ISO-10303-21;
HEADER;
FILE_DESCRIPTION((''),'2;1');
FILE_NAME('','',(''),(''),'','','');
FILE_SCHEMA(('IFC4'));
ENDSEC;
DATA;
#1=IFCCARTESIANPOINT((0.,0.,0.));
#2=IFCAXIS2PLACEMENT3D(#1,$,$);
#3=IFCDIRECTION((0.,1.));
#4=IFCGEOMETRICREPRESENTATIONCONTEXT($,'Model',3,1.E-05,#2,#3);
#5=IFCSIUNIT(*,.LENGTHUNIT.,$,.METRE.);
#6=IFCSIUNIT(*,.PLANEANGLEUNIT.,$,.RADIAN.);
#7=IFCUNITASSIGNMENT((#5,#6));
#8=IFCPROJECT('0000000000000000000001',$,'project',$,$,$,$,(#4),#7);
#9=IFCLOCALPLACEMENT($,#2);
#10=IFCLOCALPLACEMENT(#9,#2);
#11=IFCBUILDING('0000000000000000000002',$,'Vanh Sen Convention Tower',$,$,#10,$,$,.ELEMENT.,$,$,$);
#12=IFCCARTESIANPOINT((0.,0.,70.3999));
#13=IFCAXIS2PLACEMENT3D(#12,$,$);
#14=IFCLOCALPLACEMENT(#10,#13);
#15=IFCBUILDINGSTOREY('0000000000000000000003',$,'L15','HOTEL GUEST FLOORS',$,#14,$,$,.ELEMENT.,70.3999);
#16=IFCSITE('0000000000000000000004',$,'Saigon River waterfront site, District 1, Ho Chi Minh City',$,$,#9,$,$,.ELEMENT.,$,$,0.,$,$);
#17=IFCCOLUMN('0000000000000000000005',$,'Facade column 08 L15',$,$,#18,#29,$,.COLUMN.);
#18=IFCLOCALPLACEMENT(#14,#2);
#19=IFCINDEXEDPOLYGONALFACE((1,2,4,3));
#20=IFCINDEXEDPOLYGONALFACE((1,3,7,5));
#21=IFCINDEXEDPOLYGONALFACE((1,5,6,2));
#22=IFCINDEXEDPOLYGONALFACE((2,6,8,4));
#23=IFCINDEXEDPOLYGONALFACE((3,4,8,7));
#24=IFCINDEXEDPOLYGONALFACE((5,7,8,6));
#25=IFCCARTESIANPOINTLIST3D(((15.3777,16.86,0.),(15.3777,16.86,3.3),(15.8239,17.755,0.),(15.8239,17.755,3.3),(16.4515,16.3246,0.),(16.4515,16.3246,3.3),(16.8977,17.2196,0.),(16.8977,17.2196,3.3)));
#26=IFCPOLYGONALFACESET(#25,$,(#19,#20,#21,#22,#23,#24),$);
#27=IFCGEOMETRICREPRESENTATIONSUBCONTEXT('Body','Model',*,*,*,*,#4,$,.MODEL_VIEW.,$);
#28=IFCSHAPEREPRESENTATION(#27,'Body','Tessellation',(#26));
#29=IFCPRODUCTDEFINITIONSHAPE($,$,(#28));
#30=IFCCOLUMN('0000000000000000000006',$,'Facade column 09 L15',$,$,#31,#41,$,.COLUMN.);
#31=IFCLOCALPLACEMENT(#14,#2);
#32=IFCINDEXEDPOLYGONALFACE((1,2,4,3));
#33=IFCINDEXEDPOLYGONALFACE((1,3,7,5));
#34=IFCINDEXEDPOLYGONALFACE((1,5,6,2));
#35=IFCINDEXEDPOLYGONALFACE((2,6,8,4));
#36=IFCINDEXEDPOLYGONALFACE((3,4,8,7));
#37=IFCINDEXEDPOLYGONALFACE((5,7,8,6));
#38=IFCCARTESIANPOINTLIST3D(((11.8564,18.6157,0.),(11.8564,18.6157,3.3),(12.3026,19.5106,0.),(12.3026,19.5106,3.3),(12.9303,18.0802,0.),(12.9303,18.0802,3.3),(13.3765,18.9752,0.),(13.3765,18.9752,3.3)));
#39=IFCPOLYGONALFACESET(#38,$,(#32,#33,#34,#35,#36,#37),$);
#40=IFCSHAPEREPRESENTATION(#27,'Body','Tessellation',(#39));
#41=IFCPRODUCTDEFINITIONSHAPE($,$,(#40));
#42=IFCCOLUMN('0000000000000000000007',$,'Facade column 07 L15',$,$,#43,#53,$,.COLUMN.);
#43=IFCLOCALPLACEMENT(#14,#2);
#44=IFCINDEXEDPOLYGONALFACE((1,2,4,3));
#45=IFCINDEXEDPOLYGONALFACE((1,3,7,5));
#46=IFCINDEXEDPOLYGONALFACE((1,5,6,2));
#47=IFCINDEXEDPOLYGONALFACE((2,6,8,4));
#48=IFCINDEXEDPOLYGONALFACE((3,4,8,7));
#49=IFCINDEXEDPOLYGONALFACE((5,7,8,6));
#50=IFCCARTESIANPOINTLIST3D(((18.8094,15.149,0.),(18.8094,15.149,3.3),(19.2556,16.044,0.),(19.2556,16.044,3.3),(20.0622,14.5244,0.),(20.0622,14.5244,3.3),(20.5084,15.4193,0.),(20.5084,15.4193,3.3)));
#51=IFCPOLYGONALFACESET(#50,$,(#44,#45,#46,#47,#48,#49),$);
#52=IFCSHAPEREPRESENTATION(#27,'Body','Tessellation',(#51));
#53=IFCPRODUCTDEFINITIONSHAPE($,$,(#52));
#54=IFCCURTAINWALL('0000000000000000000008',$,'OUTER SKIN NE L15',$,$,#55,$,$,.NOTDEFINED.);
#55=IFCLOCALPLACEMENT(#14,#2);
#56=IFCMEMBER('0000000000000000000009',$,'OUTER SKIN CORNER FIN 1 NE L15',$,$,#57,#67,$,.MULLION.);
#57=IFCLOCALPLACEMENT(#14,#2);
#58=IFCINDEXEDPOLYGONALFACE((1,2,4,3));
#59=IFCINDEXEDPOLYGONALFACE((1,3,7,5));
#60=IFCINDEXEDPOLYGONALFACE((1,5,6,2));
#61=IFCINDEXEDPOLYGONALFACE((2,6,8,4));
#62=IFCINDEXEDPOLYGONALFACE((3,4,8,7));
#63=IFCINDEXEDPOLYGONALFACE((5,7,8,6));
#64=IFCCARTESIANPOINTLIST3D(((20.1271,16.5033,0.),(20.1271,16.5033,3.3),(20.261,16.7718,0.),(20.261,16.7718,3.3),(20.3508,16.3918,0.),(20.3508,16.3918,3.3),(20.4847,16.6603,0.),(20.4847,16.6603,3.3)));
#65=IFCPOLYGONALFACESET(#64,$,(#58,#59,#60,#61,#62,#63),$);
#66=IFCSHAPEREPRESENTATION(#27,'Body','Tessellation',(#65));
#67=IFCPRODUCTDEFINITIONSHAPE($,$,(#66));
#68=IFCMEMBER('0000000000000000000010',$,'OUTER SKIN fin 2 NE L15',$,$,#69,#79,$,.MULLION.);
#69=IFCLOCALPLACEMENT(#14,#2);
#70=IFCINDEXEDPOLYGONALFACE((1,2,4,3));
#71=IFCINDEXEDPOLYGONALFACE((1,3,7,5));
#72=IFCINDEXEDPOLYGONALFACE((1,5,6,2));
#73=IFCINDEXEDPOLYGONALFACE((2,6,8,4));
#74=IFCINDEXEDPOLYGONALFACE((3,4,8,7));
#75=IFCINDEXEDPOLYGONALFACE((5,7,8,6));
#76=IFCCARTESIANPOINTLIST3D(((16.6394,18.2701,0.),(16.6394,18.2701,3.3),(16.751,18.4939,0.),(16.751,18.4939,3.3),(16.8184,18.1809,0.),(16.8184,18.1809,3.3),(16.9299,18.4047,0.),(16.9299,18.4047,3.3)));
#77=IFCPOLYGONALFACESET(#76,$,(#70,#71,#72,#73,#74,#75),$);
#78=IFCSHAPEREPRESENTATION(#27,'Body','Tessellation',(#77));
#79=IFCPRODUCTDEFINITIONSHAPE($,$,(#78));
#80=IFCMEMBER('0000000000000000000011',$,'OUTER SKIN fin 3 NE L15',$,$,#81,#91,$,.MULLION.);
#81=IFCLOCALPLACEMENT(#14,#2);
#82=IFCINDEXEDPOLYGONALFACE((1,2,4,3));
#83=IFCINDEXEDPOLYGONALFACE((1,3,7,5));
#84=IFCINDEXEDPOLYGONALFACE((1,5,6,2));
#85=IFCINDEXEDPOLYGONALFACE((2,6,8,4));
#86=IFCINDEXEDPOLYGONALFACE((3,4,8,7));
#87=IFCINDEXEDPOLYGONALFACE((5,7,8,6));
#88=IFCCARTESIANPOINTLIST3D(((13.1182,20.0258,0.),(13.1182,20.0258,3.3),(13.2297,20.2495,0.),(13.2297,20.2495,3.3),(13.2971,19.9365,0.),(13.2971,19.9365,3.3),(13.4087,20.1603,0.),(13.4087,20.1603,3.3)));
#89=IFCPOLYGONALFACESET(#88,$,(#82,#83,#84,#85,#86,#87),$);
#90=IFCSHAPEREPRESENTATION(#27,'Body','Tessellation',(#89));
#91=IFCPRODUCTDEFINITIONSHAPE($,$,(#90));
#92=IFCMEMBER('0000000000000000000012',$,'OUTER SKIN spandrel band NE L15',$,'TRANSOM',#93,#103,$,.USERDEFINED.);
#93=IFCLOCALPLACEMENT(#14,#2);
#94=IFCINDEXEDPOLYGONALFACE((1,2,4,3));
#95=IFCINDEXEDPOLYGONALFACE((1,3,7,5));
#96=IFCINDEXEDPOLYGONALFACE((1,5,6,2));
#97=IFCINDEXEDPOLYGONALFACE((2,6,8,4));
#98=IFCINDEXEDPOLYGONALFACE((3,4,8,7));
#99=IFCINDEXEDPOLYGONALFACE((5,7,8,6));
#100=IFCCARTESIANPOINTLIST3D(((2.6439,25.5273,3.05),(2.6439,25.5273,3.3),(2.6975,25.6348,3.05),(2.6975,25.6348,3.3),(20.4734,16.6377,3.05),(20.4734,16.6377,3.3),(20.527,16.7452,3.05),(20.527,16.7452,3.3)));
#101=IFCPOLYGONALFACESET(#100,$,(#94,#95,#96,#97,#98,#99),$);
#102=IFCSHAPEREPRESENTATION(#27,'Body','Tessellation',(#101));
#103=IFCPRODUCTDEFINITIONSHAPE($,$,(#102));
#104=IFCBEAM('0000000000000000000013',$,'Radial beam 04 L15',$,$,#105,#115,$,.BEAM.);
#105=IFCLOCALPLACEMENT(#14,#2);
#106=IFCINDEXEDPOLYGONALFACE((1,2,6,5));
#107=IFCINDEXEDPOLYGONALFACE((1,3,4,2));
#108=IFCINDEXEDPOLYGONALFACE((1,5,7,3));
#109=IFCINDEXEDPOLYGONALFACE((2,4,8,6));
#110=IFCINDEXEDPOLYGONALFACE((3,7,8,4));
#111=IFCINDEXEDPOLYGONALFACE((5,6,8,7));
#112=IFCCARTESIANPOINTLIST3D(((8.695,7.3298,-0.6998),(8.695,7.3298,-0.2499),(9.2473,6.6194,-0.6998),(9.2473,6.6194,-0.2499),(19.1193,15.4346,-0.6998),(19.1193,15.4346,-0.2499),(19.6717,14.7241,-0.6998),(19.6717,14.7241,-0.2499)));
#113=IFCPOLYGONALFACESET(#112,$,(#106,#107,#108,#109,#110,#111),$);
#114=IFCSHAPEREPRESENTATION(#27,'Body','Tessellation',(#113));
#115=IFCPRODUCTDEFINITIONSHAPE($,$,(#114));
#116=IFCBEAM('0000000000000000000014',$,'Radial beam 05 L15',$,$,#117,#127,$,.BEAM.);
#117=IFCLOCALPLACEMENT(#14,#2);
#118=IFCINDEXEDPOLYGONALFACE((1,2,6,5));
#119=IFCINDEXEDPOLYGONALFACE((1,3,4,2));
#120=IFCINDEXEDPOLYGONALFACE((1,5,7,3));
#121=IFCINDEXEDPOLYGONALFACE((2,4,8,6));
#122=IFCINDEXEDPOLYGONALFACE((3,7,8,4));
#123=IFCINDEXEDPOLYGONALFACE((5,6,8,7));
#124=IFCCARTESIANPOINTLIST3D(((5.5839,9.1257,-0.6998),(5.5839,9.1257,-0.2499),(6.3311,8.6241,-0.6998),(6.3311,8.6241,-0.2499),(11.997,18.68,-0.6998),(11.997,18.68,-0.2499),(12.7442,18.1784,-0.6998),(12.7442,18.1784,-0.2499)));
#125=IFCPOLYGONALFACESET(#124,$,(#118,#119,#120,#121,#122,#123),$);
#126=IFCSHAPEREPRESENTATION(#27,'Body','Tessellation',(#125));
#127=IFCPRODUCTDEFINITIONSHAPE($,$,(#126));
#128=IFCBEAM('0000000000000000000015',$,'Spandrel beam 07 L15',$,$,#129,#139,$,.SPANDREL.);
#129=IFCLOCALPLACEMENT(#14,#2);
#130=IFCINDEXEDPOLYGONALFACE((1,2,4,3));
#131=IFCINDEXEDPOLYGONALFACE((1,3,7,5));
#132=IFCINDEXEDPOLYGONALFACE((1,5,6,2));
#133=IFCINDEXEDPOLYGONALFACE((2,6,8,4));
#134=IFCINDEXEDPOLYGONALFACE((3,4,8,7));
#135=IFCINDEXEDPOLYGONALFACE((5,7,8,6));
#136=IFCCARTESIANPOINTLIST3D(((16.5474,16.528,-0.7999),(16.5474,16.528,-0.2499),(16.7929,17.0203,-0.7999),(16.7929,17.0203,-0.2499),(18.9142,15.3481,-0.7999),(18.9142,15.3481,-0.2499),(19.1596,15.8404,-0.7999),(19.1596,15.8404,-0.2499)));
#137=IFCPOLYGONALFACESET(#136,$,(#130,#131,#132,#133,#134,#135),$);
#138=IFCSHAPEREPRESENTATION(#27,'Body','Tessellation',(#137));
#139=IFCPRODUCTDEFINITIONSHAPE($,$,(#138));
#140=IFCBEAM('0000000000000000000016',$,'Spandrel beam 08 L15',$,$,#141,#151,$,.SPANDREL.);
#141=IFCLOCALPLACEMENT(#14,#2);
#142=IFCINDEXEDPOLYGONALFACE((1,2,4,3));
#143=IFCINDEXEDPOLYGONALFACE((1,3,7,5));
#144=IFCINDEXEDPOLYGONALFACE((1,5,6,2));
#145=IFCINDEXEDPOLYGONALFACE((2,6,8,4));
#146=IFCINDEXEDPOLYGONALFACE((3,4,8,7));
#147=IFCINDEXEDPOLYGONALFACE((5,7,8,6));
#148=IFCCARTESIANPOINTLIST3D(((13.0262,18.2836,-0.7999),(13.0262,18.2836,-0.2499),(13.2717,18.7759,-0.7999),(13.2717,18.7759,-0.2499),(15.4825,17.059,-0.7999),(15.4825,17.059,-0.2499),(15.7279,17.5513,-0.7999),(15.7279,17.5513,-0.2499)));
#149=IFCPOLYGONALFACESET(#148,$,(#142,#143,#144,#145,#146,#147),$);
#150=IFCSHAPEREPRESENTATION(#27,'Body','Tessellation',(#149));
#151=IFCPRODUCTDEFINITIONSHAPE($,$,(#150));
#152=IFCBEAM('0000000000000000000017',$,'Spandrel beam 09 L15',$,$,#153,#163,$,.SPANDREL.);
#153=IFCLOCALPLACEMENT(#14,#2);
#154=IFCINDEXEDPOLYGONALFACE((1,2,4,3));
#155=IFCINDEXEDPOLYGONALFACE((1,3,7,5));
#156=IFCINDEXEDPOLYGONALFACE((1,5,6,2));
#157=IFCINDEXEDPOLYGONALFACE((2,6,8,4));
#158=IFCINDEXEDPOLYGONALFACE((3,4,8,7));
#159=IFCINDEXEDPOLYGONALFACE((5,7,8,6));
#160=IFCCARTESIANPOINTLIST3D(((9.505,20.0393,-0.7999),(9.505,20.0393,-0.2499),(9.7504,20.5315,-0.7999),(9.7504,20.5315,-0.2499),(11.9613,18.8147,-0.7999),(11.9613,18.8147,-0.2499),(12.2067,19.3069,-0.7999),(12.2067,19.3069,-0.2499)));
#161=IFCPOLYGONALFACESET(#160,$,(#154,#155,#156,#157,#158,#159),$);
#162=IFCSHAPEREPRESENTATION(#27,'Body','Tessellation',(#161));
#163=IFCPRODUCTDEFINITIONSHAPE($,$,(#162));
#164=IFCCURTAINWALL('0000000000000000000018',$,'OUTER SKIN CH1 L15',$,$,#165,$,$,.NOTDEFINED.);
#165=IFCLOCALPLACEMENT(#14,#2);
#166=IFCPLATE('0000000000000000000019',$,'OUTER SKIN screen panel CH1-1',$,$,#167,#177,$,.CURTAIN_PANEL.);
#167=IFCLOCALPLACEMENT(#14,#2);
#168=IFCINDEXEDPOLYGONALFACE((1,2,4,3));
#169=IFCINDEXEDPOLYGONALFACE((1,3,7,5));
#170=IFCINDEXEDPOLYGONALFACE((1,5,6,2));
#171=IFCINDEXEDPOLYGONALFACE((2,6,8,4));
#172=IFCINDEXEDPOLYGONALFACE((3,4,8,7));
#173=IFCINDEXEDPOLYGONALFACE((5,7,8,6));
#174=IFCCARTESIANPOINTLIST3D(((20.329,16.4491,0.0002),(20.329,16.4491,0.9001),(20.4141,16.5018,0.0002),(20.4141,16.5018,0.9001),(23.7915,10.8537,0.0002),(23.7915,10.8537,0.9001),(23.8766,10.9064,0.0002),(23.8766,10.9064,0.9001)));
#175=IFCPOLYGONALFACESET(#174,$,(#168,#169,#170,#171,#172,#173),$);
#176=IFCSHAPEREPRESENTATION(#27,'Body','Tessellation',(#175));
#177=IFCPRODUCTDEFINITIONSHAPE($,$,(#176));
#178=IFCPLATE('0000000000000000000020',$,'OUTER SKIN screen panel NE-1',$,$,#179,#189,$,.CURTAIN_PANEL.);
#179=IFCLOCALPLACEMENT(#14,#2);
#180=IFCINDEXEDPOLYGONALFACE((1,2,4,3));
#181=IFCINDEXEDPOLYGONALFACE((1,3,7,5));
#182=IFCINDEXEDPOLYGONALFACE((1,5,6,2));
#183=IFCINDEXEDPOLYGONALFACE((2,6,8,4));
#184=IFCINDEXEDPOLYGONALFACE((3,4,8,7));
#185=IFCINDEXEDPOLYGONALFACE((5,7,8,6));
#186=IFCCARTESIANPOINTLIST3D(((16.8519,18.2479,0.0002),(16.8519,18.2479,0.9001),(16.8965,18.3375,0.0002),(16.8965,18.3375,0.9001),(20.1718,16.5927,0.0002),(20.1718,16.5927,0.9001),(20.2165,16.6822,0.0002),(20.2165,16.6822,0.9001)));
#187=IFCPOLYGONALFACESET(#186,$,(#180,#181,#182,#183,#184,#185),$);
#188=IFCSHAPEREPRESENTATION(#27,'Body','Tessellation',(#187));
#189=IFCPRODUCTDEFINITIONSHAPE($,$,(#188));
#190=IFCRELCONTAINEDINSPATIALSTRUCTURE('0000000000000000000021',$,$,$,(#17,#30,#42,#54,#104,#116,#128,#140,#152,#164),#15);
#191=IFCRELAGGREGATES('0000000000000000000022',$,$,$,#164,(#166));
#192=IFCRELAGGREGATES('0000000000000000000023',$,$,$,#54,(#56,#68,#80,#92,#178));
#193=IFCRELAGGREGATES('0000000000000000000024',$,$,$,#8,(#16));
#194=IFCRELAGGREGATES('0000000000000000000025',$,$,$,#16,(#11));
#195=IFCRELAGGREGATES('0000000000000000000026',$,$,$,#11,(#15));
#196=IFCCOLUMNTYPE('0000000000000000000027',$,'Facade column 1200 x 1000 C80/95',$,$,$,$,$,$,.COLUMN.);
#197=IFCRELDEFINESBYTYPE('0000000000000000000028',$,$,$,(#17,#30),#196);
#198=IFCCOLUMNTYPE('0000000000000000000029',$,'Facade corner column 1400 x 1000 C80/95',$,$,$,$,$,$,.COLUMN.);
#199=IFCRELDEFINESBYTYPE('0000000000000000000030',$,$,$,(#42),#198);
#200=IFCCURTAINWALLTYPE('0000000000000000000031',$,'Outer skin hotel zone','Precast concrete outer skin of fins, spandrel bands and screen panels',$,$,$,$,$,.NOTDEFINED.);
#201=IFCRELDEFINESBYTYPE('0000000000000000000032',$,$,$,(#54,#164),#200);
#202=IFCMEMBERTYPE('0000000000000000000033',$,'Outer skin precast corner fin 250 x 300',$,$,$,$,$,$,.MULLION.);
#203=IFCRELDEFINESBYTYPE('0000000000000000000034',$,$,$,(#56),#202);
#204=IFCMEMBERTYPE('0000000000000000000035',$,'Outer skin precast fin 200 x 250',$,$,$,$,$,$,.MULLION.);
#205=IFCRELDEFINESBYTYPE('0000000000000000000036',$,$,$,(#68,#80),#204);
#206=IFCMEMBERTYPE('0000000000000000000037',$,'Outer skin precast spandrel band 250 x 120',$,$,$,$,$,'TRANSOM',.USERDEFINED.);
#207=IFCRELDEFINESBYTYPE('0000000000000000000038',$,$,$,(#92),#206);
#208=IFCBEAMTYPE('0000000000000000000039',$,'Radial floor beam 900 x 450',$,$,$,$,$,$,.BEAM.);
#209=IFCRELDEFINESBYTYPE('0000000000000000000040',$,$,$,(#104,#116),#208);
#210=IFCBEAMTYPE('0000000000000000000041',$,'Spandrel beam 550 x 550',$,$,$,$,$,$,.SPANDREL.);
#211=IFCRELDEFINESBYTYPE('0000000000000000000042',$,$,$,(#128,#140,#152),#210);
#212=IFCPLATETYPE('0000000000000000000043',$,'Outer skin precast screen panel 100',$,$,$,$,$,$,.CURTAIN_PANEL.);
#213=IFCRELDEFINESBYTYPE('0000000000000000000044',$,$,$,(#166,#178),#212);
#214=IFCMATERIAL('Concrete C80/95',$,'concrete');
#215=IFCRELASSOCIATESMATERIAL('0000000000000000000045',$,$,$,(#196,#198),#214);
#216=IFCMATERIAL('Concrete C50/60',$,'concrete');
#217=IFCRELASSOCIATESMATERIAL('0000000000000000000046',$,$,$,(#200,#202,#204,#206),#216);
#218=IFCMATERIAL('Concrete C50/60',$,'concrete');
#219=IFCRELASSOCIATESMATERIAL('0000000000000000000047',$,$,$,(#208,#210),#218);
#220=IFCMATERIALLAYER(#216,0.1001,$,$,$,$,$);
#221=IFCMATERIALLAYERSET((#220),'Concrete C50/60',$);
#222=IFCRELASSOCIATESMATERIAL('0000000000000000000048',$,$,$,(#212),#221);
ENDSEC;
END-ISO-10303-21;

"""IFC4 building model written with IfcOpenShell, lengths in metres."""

from ifc_helpers import new_model, si_unit, direction, frame, origin, origin_2d, place, context, subcontext, project, spatial, rectangle, extrude, material, layer, layer_set, material_profile, profile_set, type_object, element, aggregate, save


model = new_model("IFC4")

# Units and contexts
model_context = context("Model", 3, precision=1e-05, world=origin(), true_north=direction((0.0, 1.0)))
body_context = subcontext(model_context, "Body", "Model", "MODEL_VIEW")
ifc_project = project(units=[si_unit("LENGTHUNIT", "METRE"), si_unit("PLANEANGLEUNIT", "RADIAN")], contexts=[model_context])

# Site, building, storey
site_placement = place(None, origin())
site = spatial("IfcSite", under=ifc_project, at=site_placement, Name="Saigon River waterfront site, District 1, Ho Chi Minh City", CompositionType="ELEMENT", RefElevation=0.0)
building_placement = place(site_placement, origin())
building = spatial("IfcBuilding", under=site, at=building_placement, Name="Vanh Sen Convention Tower", CompositionType="ELEMENT")
storey_placement = place(building_placement, frame((0.0, 0.0, 70.3999)))
storey = spatial("IfcBuildingStorey", under=building, at=storey_placement, Name="L15", Description="HOTEL GUEST FLOORS", CompositionType="ELEMENT", Elevation=70.3999)

# Columns
ifc_material_1 = material(Name="Concrete C80/95", Category="concrete")
ifc_material_profile_1 = material_profile(ifc_material_1, rectangle(XDim=1.2, YDim=1.0, at=origin_2d()), Name="RC 1200X1000")
ifc_profile_set_1 = profile_set([ifc_material_profile_1], Name="Concrete C80/95")
column_type_1 = type_object("IfcColumnType", Name="Facade column 1200 x 1000 C80/95", PredefinedType="COLUMN", material=ifc_profile_set_1)
for number, where, z_axis, x_axis, name in (
    (1, (16.1377, 17.0398, 0.0), (0.0, 0.0, 1.0), (-0.894934, 0.446198, 0.0), "Facade column 08 L15"),
    (2, (12.6165, 18.7954, 0.0), (0.0, 0.0, 1.0), (-0.894934, 0.446198, 0.0), "Facade column 09 L15"),
):
    element("IfcColumn", number, at=place(storey_placement, frame(where, z_axis=z_axis, x_axis=x_axis)), inside=storey, type_object=column_type_1, Name=name, PredefinedType="COLUMN", context=body_context, shape_type="SweptSolid", body=[
        extrude(rectangle(XDim=1.2, YDim=1.0, at=origin_2d()), origin(), (0.0, 0.0, 1.0), 3.3),
    ])
ifc_material_profile_2 = material_profile(ifc_material_1, rectangle(XDim=1.3999, YDim=1.0, at=origin_2d()), Name="RC 1400X1000")
ifc_profile_set_2 = profile_set([ifc_material_profile_2], Name="Concrete C80/95")
column_type_2 = type_object("IfcColumnType", Name="Facade corner column 1400 x 1000 C80/95", PredefinedType="COLUMN", material=ifc_profile_set_2)
column_placement = place(storey_placement, frame((19.6589, 15.2842, 0.0), z_axis=(0.0, 0.0, 1.0), x_axis=(-0.894934, 0.446198, 0.0)))
element("IfcColumn", 3, at=column_placement, inside=storey, type_object=column_type_2, Name="Facade column 07 L15", PredefinedType="COLUMN", context=body_context, shape_type="SweptSolid", body=[
    extrude(rectangle(XDim=1.3999, YDim=1.0, at=origin_2d()), origin(), (0.0, 0.0, 1.0), 3.3),
])

# Curtain wall, members
ifc_material_2 = material(Name="Concrete C50/60", Category="concrete")
curtain_wall_type = type_object("IfcCurtainWallType", Name="Outer skin hotel zone", Description="Precast concrete outer skin of fins, spandrel bands and screen panels", PredefinedType="NOTDEFINED", material=ifc_material_2)
curtain_wall_1_placement = place(storey_placement, origin())
curtain_wall_1 = element("IfcCurtainWall", 4, at=curtain_wall_1_placement, inside=storey, type_object=curtain_wall_type, Name="OUTER SKIN NE L15", PredefinedType="NOTDEFINED")
ifc_material_profile_3 = material_profile(ifc_material_2, rectangle(XDim=0.25, YDim=0.3, at=origin_2d()), Name="Outer skin precast corner fin 250 x 300")
ifc_profile_set_3 = profile_set([ifc_material_profile_3], Name="Concrete C50/60")
member_type_1 = type_object("IfcMemberType", Name="Outer skin precast corner fin 250 x 300", PredefinedType="MULLION", material=ifc_profile_set_3)
member_1_placement = place(storey_placement, frame((20.3059, 16.5818, 0.0), z_axis=(0.0, 0.0, 1.0), x_axis=(-0.894934, 0.446198, 0.0)))
member_1 = element("IfcMember", 5, at=member_1_placement, type_object=member_type_1, Name="OUTER SKIN CORNER FIN 1 NE L15", PredefinedType="MULLION", context=body_context, shape_type="SweptSolid", body=[
    extrude(rectangle(XDim=0.25, YDim=0.3, at=origin_2d()), origin(), (0.0, 0.0, 1.0), 3.3),
])
ifc_material_profile_4 = material_profile(ifc_material_2, rectangle(XDim=0.2, YDim=0.25, at=origin_2d()), Name="Outer skin precast fin 200 x 250")
ifc_profile_set_4 = profile_set([ifc_material_profile_4], Name="Concrete C50/60")
member_type_2 = type_object("IfcMemberType", Name="Outer skin precast fin 200 x 250", PredefinedType="MULLION", material=ifc_profile_set_4)
member_2_placement = place(storey_placement, frame((16.7847, 18.3374, 0.0), z_axis=(0.0, 0.0, 1.0), x_axis=(-0.894934, 0.446198, 0.0)))
member_2 = element("IfcMember", 6, at=member_2_placement, type_object=member_type_2, Name="OUTER SKIN fin 2 NE L15", PredefinedType="MULLION", context=body_context, shape_type="SweptSolid", body=[
    extrude(rectangle(XDim=0.2, YDim=0.25, at=origin_2d()), origin(), (0.0, 0.0, 1.0), 3.3),
])
member_3_placement = place(storey_placement, frame((13.2634, 20.093, 0.0), z_axis=(0.0, 0.0, 1.0), x_axis=(-0.894934, 0.446198, 0.0)))
member_3 = element("IfcMember", 7, at=member_3_placement, type_object=member_type_2, Name="OUTER SKIN fin 3 NE L15", PredefinedType="MULLION", context=body_context, shape_type="SweptSolid", body=[
    extrude(rectangle(XDim=0.2, YDim=0.25, at=origin_2d()), origin(), (0.0, 0.0, 1.0), 3.3),
])
ifc_material_profile_5 = material_profile(ifc_material_2, rectangle(XDim=0.1201, YDim=0.25, at=origin_2d()), Name="Outer skin precast spandrel band 250 x 120")
ifc_profile_set_5 = profile_set([ifc_material_profile_5], Name="Concrete C50/60")
member_type_3 = type_object("IfcMemberType", Name="Outer skin precast spandrel band 250 x 120", ElementType="TRANSOM", PredefinedType="USERDEFINED", material=ifc_profile_set_5)
member_4_placement = place(storey_placement, frame((20.5002, 16.6914, 3.175), z_axis=(-0.894931, 0.446204, 0.0), x_axis=(-0.446204, -0.894931, 0.0)))
member_4 = element("IfcMember", 8, at=member_4_placement, type_object=member_type_3, Name="OUTER SKIN spandrel band NE L15", ObjectType="TRANSOM", PredefinedType="USERDEFINED", context=body_context, shape_type="SweptSolid", body=[
    extrude(rectangle(XDim=0.1201, YDim=0.25, at=origin_2d()), origin(), (0.0, 0.0, 1.0), 19.9229),
])

# Beams
ifc_material_3 = material(Name="Concrete C50/60", Category="concrete")
ifc_material_profile_6 = material_profile(ifc_material_3, rectangle(XDim=0.8999, YDim=0.45, at=origin_2d()), Name="RC 900X450")
ifc_profile_set_6 = profile_set([ifc_material_profile_6], Name="Concrete C50/60")
beam_type_1 = type_object("IfcBeamType", Name="Radial floor beam 900 x 450", PredefinedType="BEAM", material=ifc_profile_set_6)
beam_1_placement = place(storey_placement, frame((19.3955, 15.0793, -0.4749), z_axis=(-0.789465, -0.613796, 0.0), x_axis=(0.613796, -0.789465, 0.0)))
element("IfcBeam", 9, at=beam_1_placement, inside=storey, type_object=beam_type_1, Name="Radial beam 04 L15", PredefinedType="BEAM", context=body_context, shape_type="SweptSolid", body=[
    extrude(rectangle(XDim=0.8999, YDim=0.45, at=origin_2d()), origin(), (0.0, 0.0, 1.0), 13.2043),
])
beam_2_placement = place(storey_placement, frame((12.3706, 18.4292, -0.4749), z_axis=(-0.557322, -0.830297, 0.0), x_axis=(0.830297, -0.557322, 0.0)))
element("IfcBeam", 10, at=beam_2_placement, inside=storey, type_object=beam_type_1, Name="Radial beam 05 L15", PredefinedType="BEAM", context=body_context, shape_type="SweptSolid", body=[
    extrude(rectangle(XDim=0.8999, YDim=0.45, at=origin_2d()), origin(), (0.0, 0.0, 1.0), 11.5071),
])
ifc_material_profile_7 = material_profile(ifc_material_3, rectangle(XDim=0.55, YDim=0.55, at=origin_2d()), Name="RC 550X550")
ifc_profile_set_7 = profile_set([ifc_material_profile_7], Name="Concrete C50/60")
beam_type_2 = type_object("IfcBeamType", Name="Spandrel beam 550 x 550", PredefinedType="SPANDREL", material=ifc_profile_set_7)
beam_3_placement = place(storey_placement, frame((19.0369, 15.5942, -0.5249), z_axis=(-0.894944, 0.446179, 0.0), x_axis=(-0.446179, -0.894944, 0.0)))
element("IfcBeam", 11, at=beam_3_placement, inside=storey, type_object=beam_type_2, Name="Spandrel beam 07 L15", PredefinedType="SPANDREL", context=body_context, shape_type="SweptSolid", body=[
    extrude(rectangle(XDim=0.55, YDim=0.55, at=origin_2d()), origin(), (0.0, 0.0, 1.0), 2.6445),
])
for number, where, z_axis, x_axis, name in (
    (12, (15.6052, 17.3052, -0.5249), (-0.894943, 0.446181, 0.0), (-0.446181, -0.894943, 0.0), "Spandrel beam 08 L15"),
    (13, (12.084, 19.0608, -0.5249), (-0.894943, 0.446181, 0.0), (-0.446181, -0.894943, 0.0), "Spandrel beam 09 L15"),
):
    element("IfcBeam", number, at=place(storey_placement, frame(where, z_axis=z_axis, x_axis=x_axis)), inside=storey, type_object=beam_type_2, Name=name, PredefinedType="SPANDREL", context=body_context, shape_type="SweptSolid", body=[
        extrude(rectangle(XDim=0.55, YDim=0.55, at=origin_2d()), origin(), (0.0, 0.0, 1.0), 2.7446),
    ])

# Curtain wall, plate
curtain_wall_2_placement = place(storey_placement, origin())
curtain_wall_2 = element("IfcCurtainWall", 14, at=curtain_wall_2_placement, inside=storey, type_object=curtain_wall_type, Name="OUTER SKIN CH1 L15", PredefinedType="NOTDEFINED")
ifc_layer_1 = layer(ifc_material_2, 0.1001)
ifc_layer_set_1 = layer_set([ifc_layer_1], Name="Concrete C50/60")
plate_type = type_object("IfcPlateType", Name="Outer skin precast screen panel 100", PredefinedType="CURTAIN_PANEL", material=ifc_layer_set_1)
plate_1_placement = place(storey_placement, frame((22.1028, 13.6777, 0.0002), z_axis=(0.0, 0.0, 1.0), x_axis=(-0.526212, 0.850353, 0.0)))
plate_1 = element("IfcPlate", 15, at=plate_1_placement, type_object=plate_type, Name="OUTER SKIN screen panel CH1-1", PredefinedType="CURTAIN_PANEL", context=body_context, shape_type="SweptSolid", body=[
    extrude(rectangle(XDim=6.5801, YDim=0.1001, at=origin_2d()), origin(), (0.0, 0.0, 1.0), 0.8999),
])
aggregate(curtain_wall_2, [plate_1])

# Plate
plate_2_placement = place(storey_placement, frame((18.5342, 17.4651, 0.0002), z_axis=(0.0, 0.0, 1.0), x_axis=(-0.894935, 0.446196, 0.0)))
plate_2 = element("IfcPlate", 16, at=plate_2_placement, type_object=plate_type, Name="OUTER SKIN screen panel NE-1", PredefinedType="CURTAIN_PANEL", context=body_context, shape_type="SweptSolid", body=[
    extrude(rectangle(XDim=3.7097, YDim=0.1001, at=origin_2d()), origin(), (0.0, 0.0, 1.0), 0.8999),
])
aggregate(curtain_wall_1, [member_1, member_2, member_3, member_4, plate_2])

save(model, "model.ifc")
